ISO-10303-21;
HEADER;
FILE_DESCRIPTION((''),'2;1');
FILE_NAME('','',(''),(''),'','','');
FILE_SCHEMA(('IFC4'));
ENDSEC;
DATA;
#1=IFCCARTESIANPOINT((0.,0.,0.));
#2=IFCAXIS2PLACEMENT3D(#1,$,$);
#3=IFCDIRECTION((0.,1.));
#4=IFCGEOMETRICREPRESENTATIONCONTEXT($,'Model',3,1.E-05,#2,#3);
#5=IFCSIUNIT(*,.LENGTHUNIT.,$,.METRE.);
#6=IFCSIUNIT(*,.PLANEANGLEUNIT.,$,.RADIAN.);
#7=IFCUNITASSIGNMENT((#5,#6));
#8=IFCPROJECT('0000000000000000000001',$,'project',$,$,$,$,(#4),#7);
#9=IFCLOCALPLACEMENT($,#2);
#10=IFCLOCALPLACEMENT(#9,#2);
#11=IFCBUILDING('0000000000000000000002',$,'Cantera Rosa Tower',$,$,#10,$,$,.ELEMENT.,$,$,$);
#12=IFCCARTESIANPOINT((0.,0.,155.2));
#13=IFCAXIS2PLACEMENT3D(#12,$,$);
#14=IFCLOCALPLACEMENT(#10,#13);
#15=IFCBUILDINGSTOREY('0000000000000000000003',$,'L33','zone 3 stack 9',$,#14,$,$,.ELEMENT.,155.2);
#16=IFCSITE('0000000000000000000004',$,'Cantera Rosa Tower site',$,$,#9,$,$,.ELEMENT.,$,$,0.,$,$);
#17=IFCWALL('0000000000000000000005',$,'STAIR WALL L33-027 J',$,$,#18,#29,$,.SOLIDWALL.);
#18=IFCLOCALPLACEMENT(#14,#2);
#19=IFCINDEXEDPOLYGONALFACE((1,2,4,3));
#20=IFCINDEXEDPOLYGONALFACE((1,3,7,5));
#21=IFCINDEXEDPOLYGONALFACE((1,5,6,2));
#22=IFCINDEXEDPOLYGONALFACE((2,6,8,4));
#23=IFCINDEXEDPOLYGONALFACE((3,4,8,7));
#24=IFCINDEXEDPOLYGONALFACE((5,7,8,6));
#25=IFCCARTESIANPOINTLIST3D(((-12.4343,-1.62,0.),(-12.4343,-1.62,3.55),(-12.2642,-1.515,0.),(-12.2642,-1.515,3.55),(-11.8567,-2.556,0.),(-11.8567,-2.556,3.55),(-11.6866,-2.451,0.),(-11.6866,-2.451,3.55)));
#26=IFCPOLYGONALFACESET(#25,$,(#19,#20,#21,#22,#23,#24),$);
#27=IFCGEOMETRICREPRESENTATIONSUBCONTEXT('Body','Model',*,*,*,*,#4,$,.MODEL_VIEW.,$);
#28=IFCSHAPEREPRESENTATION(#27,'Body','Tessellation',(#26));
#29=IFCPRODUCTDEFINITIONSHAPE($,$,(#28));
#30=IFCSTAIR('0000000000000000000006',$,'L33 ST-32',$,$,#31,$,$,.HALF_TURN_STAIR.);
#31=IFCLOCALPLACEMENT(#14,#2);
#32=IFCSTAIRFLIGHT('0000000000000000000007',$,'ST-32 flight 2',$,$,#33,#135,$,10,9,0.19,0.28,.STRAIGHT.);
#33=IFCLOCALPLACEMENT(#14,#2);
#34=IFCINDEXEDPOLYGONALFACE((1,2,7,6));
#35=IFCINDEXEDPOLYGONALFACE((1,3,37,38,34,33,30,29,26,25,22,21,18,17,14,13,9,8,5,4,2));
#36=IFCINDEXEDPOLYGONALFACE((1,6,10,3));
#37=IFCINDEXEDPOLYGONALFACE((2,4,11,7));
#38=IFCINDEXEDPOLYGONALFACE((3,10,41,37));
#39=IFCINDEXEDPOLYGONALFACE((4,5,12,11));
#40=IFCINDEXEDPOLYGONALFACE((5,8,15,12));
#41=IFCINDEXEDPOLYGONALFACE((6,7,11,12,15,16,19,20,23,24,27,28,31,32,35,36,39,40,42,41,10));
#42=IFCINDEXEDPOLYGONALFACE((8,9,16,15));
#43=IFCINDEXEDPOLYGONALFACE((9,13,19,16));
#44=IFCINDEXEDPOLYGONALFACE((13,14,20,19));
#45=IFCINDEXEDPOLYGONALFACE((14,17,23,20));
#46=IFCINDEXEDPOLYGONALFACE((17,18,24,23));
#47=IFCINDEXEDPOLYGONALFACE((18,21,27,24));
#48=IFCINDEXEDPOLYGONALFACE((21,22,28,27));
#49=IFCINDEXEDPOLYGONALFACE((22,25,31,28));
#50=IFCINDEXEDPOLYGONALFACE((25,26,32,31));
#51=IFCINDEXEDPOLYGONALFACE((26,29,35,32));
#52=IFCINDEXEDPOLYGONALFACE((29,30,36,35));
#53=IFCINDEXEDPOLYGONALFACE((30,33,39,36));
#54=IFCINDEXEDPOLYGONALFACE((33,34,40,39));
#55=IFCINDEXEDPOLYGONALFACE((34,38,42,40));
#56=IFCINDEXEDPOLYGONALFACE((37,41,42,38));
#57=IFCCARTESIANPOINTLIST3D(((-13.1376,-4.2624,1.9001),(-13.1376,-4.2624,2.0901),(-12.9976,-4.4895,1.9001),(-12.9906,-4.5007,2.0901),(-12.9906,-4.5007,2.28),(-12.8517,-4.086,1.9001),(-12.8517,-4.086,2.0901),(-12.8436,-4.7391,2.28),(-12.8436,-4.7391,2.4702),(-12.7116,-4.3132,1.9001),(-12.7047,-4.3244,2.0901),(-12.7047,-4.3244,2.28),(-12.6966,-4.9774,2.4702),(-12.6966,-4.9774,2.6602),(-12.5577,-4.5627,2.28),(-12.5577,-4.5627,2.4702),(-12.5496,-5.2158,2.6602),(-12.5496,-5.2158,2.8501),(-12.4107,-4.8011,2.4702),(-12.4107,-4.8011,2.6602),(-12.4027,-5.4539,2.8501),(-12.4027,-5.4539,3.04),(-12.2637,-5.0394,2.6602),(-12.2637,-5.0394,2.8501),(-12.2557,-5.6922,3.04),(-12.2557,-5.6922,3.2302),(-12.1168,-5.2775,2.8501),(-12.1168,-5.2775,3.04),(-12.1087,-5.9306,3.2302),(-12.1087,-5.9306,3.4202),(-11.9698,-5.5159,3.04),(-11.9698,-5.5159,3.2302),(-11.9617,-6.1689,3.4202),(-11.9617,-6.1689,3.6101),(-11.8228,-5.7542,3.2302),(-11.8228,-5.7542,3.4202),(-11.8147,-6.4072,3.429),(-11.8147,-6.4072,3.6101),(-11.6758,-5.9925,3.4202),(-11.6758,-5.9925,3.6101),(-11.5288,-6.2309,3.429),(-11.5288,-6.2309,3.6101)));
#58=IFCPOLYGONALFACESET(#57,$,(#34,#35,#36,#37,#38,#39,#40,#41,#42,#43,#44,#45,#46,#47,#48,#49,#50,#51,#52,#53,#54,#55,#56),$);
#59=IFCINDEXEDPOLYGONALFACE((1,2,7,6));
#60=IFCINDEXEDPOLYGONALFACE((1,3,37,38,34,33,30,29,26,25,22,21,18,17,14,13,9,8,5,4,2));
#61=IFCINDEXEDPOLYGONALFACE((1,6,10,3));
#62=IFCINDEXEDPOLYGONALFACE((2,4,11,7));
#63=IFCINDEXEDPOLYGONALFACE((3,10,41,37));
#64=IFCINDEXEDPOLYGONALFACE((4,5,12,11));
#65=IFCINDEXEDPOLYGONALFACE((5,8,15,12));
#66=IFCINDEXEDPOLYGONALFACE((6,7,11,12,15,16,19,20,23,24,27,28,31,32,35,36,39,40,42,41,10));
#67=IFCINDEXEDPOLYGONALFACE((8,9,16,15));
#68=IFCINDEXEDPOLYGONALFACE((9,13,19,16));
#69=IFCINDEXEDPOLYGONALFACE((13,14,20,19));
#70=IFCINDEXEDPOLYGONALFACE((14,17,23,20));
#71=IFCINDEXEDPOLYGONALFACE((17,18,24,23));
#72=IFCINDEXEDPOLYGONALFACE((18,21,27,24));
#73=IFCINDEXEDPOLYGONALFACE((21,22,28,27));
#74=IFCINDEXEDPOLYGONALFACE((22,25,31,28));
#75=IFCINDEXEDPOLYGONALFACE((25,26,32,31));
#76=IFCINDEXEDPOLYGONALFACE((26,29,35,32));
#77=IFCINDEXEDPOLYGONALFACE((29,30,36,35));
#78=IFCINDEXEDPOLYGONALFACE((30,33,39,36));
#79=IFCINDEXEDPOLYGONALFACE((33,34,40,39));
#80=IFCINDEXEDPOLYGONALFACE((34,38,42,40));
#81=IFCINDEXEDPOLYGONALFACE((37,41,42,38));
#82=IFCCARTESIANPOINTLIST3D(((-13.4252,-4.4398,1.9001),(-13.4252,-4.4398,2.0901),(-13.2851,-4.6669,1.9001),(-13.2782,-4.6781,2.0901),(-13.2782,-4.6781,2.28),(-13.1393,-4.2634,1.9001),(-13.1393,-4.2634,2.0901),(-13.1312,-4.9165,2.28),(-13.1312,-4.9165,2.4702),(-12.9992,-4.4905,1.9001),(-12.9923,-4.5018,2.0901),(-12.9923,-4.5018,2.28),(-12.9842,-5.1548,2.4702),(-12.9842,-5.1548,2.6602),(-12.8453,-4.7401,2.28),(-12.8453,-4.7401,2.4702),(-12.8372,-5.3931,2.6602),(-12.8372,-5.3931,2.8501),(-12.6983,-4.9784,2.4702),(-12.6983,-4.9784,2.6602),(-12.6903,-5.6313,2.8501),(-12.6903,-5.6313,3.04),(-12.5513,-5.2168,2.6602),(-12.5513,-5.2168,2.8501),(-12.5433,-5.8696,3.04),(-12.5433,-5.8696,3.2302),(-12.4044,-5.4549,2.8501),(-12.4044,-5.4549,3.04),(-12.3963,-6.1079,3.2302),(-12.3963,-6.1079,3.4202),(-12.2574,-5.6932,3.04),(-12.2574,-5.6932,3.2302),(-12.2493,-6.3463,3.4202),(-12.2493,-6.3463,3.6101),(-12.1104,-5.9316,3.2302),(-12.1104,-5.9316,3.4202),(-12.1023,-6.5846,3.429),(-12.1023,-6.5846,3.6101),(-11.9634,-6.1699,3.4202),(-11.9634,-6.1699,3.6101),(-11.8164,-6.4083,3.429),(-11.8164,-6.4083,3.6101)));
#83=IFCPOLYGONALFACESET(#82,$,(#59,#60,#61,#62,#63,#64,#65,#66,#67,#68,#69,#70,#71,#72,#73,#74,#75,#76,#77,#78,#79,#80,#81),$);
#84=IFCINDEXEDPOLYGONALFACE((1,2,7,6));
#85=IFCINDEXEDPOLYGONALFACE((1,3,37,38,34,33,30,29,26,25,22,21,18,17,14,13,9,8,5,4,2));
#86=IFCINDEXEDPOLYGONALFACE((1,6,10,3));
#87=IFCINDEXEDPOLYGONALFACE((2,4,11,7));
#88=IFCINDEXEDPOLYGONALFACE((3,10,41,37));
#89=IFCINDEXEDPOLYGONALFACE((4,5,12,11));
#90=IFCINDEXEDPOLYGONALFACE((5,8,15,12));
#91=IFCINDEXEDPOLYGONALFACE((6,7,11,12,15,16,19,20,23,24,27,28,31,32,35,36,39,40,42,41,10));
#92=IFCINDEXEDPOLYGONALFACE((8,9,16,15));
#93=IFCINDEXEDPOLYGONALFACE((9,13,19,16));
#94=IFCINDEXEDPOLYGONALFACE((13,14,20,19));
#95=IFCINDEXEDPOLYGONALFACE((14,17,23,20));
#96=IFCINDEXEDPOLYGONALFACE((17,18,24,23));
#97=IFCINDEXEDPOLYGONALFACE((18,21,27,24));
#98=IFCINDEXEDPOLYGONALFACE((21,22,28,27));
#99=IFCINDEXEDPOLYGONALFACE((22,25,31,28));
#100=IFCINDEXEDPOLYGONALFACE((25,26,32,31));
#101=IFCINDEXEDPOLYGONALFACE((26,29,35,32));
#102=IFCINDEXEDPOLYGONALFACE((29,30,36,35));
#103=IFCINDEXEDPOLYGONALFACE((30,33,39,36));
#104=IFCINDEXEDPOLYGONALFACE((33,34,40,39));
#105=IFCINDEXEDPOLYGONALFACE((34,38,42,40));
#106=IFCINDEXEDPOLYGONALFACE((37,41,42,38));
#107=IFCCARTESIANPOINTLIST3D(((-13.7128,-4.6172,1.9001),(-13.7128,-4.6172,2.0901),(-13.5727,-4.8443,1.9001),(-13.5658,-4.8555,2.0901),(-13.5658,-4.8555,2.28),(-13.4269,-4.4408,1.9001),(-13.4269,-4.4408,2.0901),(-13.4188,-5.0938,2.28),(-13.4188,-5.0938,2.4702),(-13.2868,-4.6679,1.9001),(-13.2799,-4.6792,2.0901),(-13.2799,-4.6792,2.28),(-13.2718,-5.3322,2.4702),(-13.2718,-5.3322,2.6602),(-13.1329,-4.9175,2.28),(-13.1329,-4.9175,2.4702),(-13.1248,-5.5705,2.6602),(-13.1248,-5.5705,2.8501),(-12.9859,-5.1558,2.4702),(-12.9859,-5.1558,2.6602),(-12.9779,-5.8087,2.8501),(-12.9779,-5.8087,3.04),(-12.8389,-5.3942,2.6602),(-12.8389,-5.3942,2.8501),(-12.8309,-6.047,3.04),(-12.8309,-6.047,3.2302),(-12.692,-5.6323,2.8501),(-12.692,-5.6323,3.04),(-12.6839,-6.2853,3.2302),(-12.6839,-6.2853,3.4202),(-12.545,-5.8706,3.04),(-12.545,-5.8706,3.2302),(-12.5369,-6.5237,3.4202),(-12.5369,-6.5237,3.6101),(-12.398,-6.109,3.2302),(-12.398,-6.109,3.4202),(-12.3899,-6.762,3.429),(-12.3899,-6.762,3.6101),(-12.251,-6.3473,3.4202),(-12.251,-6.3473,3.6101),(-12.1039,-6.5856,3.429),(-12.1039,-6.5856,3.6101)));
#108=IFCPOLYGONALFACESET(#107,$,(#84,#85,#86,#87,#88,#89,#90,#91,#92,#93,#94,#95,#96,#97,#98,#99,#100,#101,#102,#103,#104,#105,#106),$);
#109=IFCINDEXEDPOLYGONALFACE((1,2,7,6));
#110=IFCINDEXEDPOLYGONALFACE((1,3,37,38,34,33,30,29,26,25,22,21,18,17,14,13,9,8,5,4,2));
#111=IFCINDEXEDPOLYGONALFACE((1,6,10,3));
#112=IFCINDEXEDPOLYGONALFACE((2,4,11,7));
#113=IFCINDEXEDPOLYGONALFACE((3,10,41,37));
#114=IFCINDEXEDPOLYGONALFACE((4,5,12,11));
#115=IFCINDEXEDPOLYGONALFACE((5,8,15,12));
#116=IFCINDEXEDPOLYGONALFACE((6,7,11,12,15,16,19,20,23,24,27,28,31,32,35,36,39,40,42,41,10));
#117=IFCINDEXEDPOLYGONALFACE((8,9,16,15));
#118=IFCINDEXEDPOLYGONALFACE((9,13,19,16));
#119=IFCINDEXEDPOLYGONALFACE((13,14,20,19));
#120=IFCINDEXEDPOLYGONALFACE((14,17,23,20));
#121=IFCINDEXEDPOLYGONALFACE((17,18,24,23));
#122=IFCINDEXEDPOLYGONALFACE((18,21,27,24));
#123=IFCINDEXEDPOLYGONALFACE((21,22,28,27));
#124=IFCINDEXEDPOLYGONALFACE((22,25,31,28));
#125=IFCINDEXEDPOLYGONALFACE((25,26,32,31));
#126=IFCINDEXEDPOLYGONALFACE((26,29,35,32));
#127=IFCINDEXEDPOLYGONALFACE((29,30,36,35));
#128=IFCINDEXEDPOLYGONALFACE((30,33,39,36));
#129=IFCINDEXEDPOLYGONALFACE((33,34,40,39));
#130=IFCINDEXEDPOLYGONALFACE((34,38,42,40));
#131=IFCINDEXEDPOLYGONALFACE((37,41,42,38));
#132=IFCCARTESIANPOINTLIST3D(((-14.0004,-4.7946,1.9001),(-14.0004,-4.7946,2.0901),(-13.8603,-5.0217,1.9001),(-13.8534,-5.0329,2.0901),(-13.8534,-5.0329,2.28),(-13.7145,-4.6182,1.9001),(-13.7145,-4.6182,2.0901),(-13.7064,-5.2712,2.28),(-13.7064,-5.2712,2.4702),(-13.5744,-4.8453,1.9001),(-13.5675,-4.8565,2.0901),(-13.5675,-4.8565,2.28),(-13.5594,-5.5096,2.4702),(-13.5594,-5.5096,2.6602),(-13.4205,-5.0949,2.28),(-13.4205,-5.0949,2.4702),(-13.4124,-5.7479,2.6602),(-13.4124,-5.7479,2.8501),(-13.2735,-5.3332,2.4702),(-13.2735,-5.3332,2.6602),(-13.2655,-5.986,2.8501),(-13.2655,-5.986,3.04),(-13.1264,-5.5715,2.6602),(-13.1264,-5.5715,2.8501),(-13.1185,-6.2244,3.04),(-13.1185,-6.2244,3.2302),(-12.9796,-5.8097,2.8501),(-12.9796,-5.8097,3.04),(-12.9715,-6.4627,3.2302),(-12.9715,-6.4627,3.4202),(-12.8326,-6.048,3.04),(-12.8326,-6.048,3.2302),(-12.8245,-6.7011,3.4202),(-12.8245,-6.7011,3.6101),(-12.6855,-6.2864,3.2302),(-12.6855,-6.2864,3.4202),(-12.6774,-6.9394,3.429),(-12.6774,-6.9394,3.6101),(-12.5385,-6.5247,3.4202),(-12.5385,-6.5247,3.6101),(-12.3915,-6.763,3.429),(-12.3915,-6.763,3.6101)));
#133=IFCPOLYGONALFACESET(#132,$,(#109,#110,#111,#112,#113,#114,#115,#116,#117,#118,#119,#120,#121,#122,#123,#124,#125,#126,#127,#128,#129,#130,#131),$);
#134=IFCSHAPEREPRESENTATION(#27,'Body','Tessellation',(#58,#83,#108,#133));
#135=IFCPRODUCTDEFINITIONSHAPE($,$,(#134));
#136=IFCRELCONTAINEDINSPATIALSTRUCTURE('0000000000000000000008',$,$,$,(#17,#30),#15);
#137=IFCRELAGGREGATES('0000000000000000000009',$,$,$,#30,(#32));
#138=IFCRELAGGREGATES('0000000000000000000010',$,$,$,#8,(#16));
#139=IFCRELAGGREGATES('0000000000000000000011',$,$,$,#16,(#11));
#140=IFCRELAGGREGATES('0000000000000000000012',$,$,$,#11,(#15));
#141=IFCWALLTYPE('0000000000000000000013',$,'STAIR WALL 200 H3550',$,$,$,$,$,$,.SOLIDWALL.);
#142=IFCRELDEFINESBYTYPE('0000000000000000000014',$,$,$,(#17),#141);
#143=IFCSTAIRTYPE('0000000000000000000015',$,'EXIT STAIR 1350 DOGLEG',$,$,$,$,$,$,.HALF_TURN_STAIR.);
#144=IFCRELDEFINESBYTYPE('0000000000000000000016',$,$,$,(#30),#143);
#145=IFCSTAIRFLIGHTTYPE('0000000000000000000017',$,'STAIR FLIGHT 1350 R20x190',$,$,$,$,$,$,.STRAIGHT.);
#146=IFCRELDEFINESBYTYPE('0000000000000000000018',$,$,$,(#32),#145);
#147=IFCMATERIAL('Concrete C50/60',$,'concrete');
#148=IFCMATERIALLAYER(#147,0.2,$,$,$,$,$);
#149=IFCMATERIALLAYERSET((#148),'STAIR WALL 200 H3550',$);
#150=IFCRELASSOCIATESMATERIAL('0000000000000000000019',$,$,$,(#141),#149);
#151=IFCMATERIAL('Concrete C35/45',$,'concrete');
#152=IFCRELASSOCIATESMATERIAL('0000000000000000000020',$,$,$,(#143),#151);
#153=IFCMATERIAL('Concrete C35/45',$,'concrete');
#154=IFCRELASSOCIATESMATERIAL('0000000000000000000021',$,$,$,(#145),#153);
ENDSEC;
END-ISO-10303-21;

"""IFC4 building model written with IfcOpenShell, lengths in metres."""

from ifc_helpers import new_model, si_unit, direction, frame, frame_2d, origin, place, context, subcontext, project, spatial, polyline, rectangle, outline, extrude, material, layer, layer_set, type_object, element, aggregate, save


model = new_model("IFC4")

# Units and contexts
model_context = context("Model", 3, precision=1e-05, world=origin(), true_north=direction((0.0, 1.0)))
body_context = subcontext(model_context, "Body", "Model", "MODEL_VIEW")
ifc_project = project(units=[si_unit("LENGTHUNIT", "METRE"), si_unit("PLANEANGLEUNIT", "RADIAN")], contexts=[model_context])

# Site, building, storey
site_placement = place(None, origin())
site = spatial("IfcSite", under=ifc_project, at=site_placement, Name="Cantera Rosa Tower site", CompositionType="ELEMENT", RefElevation=0.0)
building_placement = place(site_placement, origin())
building = spatial("IfcBuilding", under=site, at=building_placement, Name="Cantera Rosa Tower", CompositionType="ELEMENT")
storey_placement = place(building_placement, frame((0.0, 0.0, 155.2)))
storey = spatial("IfcBuildingStorey", under=building, at=storey_placement, Name="L33", Description="zone 3 stack 9", CompositionType="ELEMENT", Elevation=155.2)

# Shared definitions
ifc_material_1 = material(Name="Concrete C50/60", Category="concrete")
ifc_layer_1 = layer(ifc_material_1, 0.2)
ifc_layer_set_1 = layer_set([ifc_layer_1], Name="STAIR WALL 200 H3550")
wall_type_1 = type_object("IfcWallType", Name="STAIR WALL 200 H3550", PredefinedType="SOLIDWALL", material=ifc_layer_set_1)

# Wall
wall_1_placement = place(storey_placement, frame((-11.7717, -2.5034, 0.0), z_axis=(0.0, 0.0, 1.0), x_axis=(-0.525162, 0.851002, 0.0)))
element("IfcWall", 1, at=wall_1_placement, inside=storey, type_object=wall_type_1, Name="STAIR WALL L33-027 J", PredefinedType="SOLIDWALL", context=body_context, shape_type="SweptSolid", body=[
    extrude(rectangle(XDim=1.0999, YDim=0.2, at=frame_2d((0.5498, 0.0))), origin(), (0.0, 0.0, 1.0), 3.55),
])

# Stair, stair flight
ifc_material_2 = material(Name="Concrete C35/45", Category="concrete")
stair_type = type_object("IfcStairType", Name="EXIT STAIR 1350 DOGLEG", PredefinedType="HALF_TURN_STAIR", material=ifc_material_2)
stair_placement = place(storey_placement, origin())
stair = element("IfcStair", 2, at=stair_placement, inside=storey, type_object=stair_type, Name="L33 ST-32", PredefinedType="HALF_TURN_STAIR")
ifc_material_3 = material(Name="Concrete C35/45", Category="concrete")
stair_flight_type = type_object("IfcStairFlightType", Name="STAIR FLIGHT 1350 R20x190", PredefinedType="STRAIGHT", material=ifc_material_3)
stair_flight_placement = place(storey_placement, frame((-13.4263, -4.4404, 1.9001), z_axis=(0.0, 0.0, 1.0), x_axis=(0.524977, -0.851117, 0.0)))
stair_flight = element("IfcStairFlight", 3, at=stair_flight_placement, type_object=stair_flight_type, Name="ST-32 flight 2", NumberOfRisers=10, NumberOfTreads=9, PredefinedType="STRAIGHT", RiserHeight=0.19, TreadLength=0.28, context=body_context, shape_type="SweptSolid", body=[
    extrude(outline(polyline([(0.0, 0.0), (0.0, 0.1899), (0.28, 0.1899), (0.28, 0.3799), (0.5601, 0.3799), (0.5601, 0.5701), (0.8401, 0.5701), (0.8401, 0.76), (1.1201, 0.76), (1.1201, 0.95), (1.3999, 0.95), (1.3999, 1.1399), (1.6799, 1.1399), (1.6799, 1.3301), (1.96, 1.3301), (1.96, 1.52), (2.24, 1.52), (2.24, 1.71), (2.52, 1.71), (2.52, 1.8999), (2.52, 1.5288), (0.2668, 0.0), (0.0, 0.0)])), frame((0.0, 0.675, 0.0), z_axis=(0.0, -1.0, 0.0), x_axis=(1.0, 0.0, 0.0)), (0.0, 0.0, 1.0), 0.3359),
    extrude(outline(polyline([(0.0, 0.0), (0.0, 0.1899), (0.28, 0.1899), (0.28, 0.3799), (0.5601, 0.3799), (0.5601, 0.5701), (0.8401, 0.5701), (0.8401, 0.76), (1.1201, 0.76), (1.1201, 0.95), (1.3999, 0.95), (1.3999, 1.1399), (1.6799, 1.1399), (1.6799, 1.3301), (1.96, 1.3301), (1.96, 1.52), (2.24, 1.52), (2.24, 1.71), (2.52, 1.71), (2.52, 1.8999), (2.52, 1.5288), (0.2668, 0.0), (0.0, 0.0)])), frame((0.0, 0.3372, 0.0), z_axis=(0.0, -1.0, 0.0), x_axis=(1.0, 0.0, 0.0)), (0.0, 0.0, 1.0), 0.3359),
    extrude(outline(polyline([(0.0, 0.0), (0.0, 0.1899), (0.28, 0.1899), (0.28, 0.3799), (0.5601, 0.3799), (0.5601, 0.5701), (0.8401, 0.5701), (0.8401, 0.76), (1.1201, 0.76), (1.1201, 0.95), (1.3999, 0.95), (1.3999, 1.1399), (1.6799, 1.1399), (1.6799, 1.3301), (1.96, 1.3301), (1.96, 1.52), (2.24, 1.52), (2.24, 1.71), (2.52, 1.71), (2.52, 1.8999), (2.52, 1.5288), (0.2668, 0.0), (0.0, 0.0)])), frame((0.0, -0.0007, 0.0), z_axis=(0.0, -1.0, 0.0), x_axis=(1.0, 0.0, 0.0)), (0.0, 0.0, 1.0), 0.3359),
    extrude(outline(polyline([(0.0, 0.0), (0.0, 0.1899), (0.28, 0.1899), (0.28, 0.3799), (0.5601, 0.3799), (0.5601, 0.5701), (0.8401, 0.5701), (0.8401, 0.76), (1.1201, 0.76), (1.1201, 0.95), (1.3999, 0.95), (1.3999, 1.1399), (1.6799, 1.1399), (1.6799, 1.3301), (1.96, 1.3301), (1.96, 1.52), (2.24, 1.52), (2.24, 1.71), (2.52, 1.71), (2.52, 1.8999), (2.52, 1.5288), (0.2668, 0.0), (0.0, 0.0)])), frame((0.0, -0.3386, 0.0), z_axis=(0.0, -1.0, 0.0), x_axis=(1.0, 0.0, 0.0)), (0.0, 0.0, 1.0), 0.3359),
])
aggregate(stair, [stair_flight])

save(model, "model.ifc")
